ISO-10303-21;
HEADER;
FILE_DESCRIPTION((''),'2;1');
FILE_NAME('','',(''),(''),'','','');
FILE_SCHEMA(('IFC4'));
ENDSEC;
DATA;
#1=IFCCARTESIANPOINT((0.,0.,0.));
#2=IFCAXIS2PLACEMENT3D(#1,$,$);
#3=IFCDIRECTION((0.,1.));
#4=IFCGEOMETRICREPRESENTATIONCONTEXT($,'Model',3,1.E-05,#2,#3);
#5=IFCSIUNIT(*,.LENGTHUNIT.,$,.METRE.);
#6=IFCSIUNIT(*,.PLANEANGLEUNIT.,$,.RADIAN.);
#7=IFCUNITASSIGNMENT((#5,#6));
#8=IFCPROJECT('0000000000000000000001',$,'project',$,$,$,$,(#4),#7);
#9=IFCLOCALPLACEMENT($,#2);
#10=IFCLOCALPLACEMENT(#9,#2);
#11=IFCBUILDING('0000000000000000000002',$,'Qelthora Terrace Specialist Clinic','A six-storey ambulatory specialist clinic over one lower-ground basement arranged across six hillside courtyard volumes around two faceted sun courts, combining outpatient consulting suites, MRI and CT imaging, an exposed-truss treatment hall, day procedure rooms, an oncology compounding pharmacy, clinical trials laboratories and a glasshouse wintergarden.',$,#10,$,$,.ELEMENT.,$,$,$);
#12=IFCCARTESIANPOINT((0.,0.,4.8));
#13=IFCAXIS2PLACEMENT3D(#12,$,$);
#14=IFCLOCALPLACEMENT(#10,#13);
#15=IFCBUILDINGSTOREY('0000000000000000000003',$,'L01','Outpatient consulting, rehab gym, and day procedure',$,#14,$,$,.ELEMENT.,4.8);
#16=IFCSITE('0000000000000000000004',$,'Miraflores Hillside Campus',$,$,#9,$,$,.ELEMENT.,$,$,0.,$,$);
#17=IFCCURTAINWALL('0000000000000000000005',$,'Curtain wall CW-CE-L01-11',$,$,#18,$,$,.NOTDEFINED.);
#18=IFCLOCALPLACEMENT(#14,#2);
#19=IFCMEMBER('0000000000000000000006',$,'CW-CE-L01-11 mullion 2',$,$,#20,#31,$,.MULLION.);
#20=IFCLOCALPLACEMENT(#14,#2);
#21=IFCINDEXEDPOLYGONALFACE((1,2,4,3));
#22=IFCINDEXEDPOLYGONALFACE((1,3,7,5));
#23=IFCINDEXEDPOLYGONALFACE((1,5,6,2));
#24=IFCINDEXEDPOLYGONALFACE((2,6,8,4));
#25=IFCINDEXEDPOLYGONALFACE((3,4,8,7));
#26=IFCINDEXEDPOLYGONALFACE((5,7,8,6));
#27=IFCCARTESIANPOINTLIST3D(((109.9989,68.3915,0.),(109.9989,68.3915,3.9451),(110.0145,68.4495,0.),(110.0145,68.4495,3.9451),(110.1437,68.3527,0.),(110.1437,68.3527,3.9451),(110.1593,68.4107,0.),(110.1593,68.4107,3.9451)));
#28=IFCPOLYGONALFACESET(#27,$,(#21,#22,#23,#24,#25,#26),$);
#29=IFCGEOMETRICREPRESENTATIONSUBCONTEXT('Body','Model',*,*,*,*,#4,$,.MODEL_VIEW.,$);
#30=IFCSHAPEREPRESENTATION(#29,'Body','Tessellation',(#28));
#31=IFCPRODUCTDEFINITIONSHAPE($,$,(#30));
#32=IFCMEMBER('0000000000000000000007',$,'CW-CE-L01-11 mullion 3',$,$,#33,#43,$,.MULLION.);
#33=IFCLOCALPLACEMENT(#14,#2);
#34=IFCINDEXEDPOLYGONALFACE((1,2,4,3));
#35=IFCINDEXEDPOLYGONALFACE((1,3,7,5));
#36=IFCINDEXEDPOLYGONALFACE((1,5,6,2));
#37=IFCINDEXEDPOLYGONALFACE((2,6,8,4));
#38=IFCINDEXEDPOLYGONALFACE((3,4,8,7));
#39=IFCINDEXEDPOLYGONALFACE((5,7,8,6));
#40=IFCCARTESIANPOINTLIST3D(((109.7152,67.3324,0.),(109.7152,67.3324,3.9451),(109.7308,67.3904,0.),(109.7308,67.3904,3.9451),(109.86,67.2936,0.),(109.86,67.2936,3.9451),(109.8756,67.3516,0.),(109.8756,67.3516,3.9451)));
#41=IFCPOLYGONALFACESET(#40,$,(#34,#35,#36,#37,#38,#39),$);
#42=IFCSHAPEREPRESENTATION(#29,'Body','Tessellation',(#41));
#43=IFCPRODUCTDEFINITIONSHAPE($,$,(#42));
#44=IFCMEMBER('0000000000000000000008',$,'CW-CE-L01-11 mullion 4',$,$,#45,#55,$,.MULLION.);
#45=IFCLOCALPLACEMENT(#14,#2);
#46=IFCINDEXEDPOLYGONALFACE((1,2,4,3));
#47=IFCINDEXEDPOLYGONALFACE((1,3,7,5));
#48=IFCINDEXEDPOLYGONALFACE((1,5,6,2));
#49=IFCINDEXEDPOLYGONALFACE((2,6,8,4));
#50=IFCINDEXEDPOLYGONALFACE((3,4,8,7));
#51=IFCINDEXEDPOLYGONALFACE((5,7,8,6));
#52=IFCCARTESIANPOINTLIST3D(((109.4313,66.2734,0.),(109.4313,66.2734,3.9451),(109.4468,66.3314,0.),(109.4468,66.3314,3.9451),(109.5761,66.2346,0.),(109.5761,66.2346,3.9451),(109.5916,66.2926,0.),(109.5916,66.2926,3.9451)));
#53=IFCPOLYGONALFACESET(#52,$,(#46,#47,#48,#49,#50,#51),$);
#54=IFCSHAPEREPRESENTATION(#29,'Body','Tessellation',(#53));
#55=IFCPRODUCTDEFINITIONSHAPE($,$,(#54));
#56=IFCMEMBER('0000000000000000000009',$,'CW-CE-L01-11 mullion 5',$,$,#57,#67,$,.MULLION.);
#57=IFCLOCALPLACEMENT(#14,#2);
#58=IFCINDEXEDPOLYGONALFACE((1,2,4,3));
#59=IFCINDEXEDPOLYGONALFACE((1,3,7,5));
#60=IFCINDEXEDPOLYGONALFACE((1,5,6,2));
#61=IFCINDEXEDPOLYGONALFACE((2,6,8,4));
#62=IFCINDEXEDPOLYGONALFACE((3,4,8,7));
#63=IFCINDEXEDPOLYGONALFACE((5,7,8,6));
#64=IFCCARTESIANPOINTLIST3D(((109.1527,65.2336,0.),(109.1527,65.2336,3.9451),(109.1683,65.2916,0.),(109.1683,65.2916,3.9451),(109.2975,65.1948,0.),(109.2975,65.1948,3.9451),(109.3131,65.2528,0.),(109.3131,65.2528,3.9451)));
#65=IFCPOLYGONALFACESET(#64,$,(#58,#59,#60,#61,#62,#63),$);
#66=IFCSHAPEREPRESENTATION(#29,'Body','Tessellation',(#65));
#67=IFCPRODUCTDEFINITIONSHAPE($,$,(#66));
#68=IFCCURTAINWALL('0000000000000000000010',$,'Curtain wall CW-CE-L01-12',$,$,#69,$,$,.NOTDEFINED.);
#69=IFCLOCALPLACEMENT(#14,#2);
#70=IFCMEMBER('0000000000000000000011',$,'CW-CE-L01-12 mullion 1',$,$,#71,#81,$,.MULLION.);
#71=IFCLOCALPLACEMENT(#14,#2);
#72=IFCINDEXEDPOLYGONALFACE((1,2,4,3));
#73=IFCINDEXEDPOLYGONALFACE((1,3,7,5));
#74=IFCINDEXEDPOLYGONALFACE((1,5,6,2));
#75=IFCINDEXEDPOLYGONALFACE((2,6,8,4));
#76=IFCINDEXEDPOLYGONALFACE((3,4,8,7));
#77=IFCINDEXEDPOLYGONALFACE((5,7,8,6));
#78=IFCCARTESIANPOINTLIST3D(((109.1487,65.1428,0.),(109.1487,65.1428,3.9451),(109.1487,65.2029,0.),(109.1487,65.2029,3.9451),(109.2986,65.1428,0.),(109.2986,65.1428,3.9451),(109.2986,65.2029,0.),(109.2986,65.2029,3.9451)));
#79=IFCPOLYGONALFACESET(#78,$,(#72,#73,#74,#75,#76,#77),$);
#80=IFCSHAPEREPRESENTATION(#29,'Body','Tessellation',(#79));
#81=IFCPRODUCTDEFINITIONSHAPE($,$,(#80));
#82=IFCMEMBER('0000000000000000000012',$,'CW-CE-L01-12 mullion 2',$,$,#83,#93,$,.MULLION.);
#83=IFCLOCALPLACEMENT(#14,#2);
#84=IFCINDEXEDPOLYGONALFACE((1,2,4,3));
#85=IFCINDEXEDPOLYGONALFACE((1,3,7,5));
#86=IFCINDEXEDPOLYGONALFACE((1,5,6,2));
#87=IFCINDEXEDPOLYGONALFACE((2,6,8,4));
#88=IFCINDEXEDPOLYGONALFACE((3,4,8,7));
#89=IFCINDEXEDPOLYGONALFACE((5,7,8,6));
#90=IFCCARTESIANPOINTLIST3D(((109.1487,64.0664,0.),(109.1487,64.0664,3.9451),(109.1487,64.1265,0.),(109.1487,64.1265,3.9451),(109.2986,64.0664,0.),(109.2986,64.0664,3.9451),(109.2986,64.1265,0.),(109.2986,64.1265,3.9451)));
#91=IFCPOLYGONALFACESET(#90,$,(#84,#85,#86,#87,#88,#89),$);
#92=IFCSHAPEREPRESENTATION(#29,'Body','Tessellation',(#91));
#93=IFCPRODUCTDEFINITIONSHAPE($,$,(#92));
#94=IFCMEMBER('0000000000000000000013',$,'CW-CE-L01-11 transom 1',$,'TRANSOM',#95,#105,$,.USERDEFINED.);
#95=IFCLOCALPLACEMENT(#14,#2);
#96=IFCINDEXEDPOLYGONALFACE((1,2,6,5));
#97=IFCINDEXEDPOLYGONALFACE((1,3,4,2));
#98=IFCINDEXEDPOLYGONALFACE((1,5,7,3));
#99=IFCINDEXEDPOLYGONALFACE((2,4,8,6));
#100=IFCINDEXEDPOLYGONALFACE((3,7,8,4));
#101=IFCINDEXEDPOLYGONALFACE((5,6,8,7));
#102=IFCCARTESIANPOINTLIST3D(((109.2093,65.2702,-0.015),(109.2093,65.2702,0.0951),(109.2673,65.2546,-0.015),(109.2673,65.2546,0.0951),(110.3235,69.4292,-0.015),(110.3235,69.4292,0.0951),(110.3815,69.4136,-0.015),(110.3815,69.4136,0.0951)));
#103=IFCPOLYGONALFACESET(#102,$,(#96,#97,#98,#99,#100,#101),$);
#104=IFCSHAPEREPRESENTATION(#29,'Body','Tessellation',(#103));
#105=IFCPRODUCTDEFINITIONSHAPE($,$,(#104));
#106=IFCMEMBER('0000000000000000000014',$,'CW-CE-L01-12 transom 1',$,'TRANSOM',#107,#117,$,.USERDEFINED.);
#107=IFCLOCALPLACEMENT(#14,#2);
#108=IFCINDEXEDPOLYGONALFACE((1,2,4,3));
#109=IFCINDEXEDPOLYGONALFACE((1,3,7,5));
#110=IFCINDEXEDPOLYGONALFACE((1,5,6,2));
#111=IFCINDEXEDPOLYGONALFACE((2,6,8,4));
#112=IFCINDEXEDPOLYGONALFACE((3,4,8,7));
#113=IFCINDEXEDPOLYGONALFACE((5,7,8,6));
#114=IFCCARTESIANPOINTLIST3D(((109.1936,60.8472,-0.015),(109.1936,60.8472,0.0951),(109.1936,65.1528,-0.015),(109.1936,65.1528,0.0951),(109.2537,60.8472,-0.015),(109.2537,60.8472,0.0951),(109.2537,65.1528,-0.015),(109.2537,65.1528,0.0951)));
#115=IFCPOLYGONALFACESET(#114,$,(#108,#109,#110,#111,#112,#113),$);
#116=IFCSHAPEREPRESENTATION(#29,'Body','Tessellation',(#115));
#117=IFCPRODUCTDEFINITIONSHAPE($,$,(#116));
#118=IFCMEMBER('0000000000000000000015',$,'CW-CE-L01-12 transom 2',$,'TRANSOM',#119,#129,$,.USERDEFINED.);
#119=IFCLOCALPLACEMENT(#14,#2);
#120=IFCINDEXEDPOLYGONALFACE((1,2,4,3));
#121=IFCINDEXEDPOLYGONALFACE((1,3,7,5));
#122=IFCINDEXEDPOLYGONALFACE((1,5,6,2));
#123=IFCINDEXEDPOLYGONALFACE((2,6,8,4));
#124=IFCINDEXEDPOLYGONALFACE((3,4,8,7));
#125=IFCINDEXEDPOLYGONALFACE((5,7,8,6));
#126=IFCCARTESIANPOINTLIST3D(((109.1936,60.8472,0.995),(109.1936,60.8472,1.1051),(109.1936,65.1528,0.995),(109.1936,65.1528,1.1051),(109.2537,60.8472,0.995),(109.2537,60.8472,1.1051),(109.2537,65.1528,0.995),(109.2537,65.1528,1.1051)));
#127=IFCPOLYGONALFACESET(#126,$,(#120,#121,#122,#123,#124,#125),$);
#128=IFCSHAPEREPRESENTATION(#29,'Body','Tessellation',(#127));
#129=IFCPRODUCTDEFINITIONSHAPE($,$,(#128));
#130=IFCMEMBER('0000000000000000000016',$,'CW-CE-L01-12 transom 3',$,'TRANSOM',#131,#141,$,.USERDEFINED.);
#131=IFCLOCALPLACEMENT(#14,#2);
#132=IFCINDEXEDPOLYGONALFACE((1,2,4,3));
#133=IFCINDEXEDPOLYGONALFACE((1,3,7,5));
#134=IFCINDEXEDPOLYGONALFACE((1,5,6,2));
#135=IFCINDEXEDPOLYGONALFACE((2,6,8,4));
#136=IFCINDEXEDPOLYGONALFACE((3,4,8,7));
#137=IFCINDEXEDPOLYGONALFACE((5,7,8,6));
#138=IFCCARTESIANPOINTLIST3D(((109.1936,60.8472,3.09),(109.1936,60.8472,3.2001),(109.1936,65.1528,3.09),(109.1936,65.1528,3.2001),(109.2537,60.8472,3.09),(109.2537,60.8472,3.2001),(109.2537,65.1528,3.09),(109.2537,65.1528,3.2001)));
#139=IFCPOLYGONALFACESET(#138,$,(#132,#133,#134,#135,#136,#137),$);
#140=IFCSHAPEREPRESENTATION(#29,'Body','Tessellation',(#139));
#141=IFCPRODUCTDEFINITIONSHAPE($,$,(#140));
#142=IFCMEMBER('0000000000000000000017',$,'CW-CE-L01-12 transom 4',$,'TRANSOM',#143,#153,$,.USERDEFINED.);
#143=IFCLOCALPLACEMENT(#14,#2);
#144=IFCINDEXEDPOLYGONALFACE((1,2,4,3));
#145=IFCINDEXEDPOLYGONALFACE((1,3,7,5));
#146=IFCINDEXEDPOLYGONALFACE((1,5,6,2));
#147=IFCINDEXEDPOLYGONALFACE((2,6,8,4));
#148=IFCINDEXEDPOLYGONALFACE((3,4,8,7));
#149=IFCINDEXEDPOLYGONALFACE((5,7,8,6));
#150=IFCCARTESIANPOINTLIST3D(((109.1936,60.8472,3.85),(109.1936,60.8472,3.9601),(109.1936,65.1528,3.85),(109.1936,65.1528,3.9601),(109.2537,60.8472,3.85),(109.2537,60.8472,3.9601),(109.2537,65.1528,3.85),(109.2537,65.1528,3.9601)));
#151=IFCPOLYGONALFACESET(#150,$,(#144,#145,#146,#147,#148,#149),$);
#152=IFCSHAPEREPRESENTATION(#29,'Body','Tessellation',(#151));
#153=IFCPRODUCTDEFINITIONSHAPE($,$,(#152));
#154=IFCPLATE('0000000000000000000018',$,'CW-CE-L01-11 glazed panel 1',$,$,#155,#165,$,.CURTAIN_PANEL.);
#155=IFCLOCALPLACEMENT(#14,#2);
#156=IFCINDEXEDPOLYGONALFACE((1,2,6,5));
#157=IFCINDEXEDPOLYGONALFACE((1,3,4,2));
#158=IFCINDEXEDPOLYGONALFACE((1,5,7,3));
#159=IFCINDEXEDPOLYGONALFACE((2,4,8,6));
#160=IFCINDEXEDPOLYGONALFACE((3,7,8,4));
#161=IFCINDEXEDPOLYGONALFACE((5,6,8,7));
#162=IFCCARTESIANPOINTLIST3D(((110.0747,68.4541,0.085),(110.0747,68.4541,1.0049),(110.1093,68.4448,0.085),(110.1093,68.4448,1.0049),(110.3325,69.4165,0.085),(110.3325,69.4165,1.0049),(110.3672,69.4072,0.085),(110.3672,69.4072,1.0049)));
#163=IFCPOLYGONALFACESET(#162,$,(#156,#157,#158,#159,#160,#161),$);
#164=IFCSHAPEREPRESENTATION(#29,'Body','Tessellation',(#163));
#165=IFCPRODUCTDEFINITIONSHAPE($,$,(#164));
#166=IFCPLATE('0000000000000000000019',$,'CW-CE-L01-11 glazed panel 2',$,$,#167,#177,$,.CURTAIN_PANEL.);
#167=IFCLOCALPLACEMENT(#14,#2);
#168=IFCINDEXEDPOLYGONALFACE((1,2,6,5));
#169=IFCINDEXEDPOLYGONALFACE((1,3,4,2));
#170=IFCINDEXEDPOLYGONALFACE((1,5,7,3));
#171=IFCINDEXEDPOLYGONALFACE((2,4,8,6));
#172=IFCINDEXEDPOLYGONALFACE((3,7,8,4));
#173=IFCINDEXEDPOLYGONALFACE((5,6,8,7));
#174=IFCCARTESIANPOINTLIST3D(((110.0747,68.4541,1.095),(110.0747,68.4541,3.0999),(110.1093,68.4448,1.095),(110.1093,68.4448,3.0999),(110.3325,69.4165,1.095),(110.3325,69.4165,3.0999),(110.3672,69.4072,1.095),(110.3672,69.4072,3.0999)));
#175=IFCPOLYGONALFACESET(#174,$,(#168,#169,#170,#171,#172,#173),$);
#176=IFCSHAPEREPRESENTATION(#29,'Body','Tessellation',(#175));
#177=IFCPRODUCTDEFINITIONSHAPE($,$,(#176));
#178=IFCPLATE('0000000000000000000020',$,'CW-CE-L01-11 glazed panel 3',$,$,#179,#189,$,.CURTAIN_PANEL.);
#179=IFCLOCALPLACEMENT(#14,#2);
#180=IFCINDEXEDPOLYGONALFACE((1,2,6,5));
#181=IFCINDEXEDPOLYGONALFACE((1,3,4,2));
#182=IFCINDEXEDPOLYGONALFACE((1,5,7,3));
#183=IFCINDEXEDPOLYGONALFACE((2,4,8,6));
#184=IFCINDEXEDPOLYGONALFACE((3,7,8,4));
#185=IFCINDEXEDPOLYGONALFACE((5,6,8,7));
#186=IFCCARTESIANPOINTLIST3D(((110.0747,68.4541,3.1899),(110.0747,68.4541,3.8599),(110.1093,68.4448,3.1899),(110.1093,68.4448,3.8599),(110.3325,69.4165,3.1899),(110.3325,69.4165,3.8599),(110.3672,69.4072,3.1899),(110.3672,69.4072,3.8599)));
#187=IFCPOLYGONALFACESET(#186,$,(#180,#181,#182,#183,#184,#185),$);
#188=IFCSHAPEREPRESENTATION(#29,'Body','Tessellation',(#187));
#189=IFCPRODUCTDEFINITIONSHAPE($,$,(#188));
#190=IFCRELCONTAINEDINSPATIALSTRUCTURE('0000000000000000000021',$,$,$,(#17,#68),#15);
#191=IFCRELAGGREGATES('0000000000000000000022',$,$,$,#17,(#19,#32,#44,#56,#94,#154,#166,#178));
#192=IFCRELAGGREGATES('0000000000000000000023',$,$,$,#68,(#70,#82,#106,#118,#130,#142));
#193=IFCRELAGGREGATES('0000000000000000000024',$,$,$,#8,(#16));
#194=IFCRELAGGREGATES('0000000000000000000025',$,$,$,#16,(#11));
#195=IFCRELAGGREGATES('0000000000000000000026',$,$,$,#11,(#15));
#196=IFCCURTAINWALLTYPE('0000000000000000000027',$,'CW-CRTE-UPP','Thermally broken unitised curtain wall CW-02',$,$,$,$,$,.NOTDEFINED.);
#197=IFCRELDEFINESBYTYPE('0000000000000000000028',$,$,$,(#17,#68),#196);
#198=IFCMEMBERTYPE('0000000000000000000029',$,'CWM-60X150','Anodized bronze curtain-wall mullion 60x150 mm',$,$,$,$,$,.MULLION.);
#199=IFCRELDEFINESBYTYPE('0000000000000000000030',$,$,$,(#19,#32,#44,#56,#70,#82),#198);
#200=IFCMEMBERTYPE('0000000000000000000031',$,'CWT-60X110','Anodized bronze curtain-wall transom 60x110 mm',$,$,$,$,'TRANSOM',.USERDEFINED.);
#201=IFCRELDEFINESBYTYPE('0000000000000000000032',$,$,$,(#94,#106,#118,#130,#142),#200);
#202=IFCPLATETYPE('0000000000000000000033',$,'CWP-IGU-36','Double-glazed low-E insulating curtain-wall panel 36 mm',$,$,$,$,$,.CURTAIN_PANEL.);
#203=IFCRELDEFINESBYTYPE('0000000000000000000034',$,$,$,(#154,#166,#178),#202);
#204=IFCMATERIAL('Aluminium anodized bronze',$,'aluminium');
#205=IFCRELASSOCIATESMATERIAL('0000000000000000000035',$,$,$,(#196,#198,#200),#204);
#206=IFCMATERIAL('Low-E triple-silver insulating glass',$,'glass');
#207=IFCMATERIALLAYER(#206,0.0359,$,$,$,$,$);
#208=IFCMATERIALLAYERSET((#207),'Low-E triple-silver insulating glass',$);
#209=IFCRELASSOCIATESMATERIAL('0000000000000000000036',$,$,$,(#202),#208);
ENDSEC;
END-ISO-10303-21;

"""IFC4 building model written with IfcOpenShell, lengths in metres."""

from ifc_helpers import new_model, si_unit, direction, frame, origin, origin_2d, place, context, subcontext, project, spatial, rectangle, extrude, material, layer, layer_set, material_profile, profile_set, type_object, element, aggregate, save


model = new_model("IFC4")

# Units and contexts
model_context = context("Model", 3, precision=1e-05, world=origin(), true_north=direction((0.0, 1.0)))
body_context = subcontext(model_context, "Body", "Model", "MODEL_VIEW")
ifc_project = project(units=[si_unit("LENGTHUNIT", "METRE"), si_unit("PLANEANGLEUNIT", "RADIAN")], contexts=[model_context])

# Site, building, storey
site_placement = place(None, origin())
site = spatial("IfcSite", under=ifc_project, at=site_placement, Name="Miraflores Hillside Campus", CompositionType="ELEMENT", RefElevation=0.0)
building_placement = place(site_placement, origin())
building = spatial("IfcBuilding", under=site, at=building_placement, Name="Qelthora Terrace Specialist Clinic", Description="A six-storey ambulatory specialist clinic over one lower-ground basement arranged across six hillside courtyard volumes around two faceted sun courts, combining outpatient consulting suites, MRI and CT imaging, an exposed-truss treatment hall, day procedure rooms, an oncology compounding pharmacy, clinical trials laboratories and a glasshouse wintergarden.", CompositionType="ELEMENT")
storey_placement = place(building_placement, frame((0.0, 0.0, 4.8)))
storey = spatial("IfcBuildingStorey", under=building, at=storey_placement, Name="L01", Description="Outpatient consulting, rehab gym, and day procedure", CompositionType="ELEMENT", Elevation=4.8)

# Curtain walls, members
ifc_material_1 = material(Name="Aluminium anodized bronze", Category="aluminium")
curtain_wall_type = type_object("IfcCurtainWallType", Name="CW-CRTE-UPP", Description="Thermally broken unitised curtain wall CW-02", PredefinedType="NOTDEFINED", material=ifc_material_1)
curtain_wall_1_placement = place(storey_placement, origin())
curtain_wall_1 = element("IfcCurtainWall", 1, at=curtain_wall_1_placement, inside=storey, type_object=curtain_wall_type, Name="Curtain wall CW-CE-L01-11", PredefinedType="NOTDEFINED")
ifc_material_profile_1 = material_profile(ifc_material_1, rectangle(XDim=0.0601, YDim=0.1499, at=origin_2d()), Name="CWM60X150")
ifc_profile_set_1 = profile_set([ifc_material_profile_1], Name="Aluminium anodized bronze")
member_type_1 = type_object("IfcMemberType", Name="CWM-60X150", Description="Anodized bronze curtain-wall mullion 60x150 mm", PredefinedType="MULLION", material=ifc_profile_set_1)
member_1_placement = place(storey_placement, frame((110.0791, 68.4011, 0.0), z_axis=(0.0, 0.0, 1.0), x_axis=(-0.25882, -0.965926, 0.0)))
member_1 = element("IfcMember", 2, at=member_1_placement, type_object=member_type_1, Name="CW-CE-L01-11 mullion 2", PredefinedType="MULLION", context=body_context, shape_type="SweptSolid", body=[
    extrude(rectangle(XDim=0.0601, YDim=0.1499, at=origin_2d()), origin(), (0.0, 0.0, 1.0), 3.9451),
])
member_2_placement = place(storey_placement, frame((109.7954, 67.342, 0.0), z_axis=(0.0, 0.0, 1.0), x_axis=(-0.25882, -0.965926, 0.0)))
member_2 = element("IfcMember", 3, at=member_2_placement, type_object=member_type_1, Name="CW-CE-L01-11 mullion 3", PredefinedType="MULLION", context=body_context, shape_type="SweptSolid", body=[
    extrude(rectangle(XDim=0.0601, YDim=0.1499, at=origin_2d()), origin(), (0.0, 0.0, 1.0), 3.9451),
])
member_3_placement = place(storey_placement, frame((109.5115, 66.283, 0.0), z_axis=(0.0, 0.0, 1.0), x_axis=(-0.25882, -0.965926, 0.0)))
member_3 = element("IfcMember", 4, at=member_3_placement, type_object=member_type_1, Name="CW-CE-L01-11 mullion 4", PredefinedType="MULLION", context=body_context, shape_type="SweptSolid", body=[
    extrude(rectangle(XDim=0.0601, YDim=0.1499, at=origin_2d()), origin(), (0.0, 0.0, 1.0), 3.9451),
])
member_4_placement = place(storey_placement, frame((109.2329, 65.2432, 0.0), z_axis=(0.0, 0.0, 1.0), x_axis=(-0.25882, -0.965926, 0.0)))
member_4 = element("IfcMember", 5, at=member_4_placement, type_object=member_type_1, Name="CW-CE-L01-11 mullion 5", PredefinedType="MULLION", context=body_context, shape_type="SweptSolid", body=[
    extrude(rectangle(XDim=0.0601, YDim=0.1499, at=origin_2d()), origin(), (0.0, 0.0, 1.0), 3.9451),
])
curtain_wall_2_placement = place(storey_placement, origin())
curtain_wall_2 = element("IfcCurtainWall", 6, at=curtain_wall_2_placement, inside=storey, type_object=curtain_wall_type, Name="Curtain wall CW-CE-L01-12", PredefinedType="NOTDEFINED")
member_5_placement = place(storey_placement, frame((109.2236, 65.1729, 0.0), z_axis=(0.0, 0.0, 1.0), x_axis=(0.0, -1.0, 0.0)))
member_5 = element("IfcMember", 7, at=member_5_placement, type_object=member_type_1, Name="CW-CE-L01-12 mullion 1", PredefinedType="MULLION", context=body_context, shape_type="SweptSolid", body=[
    extrude(rectangle(XDim=0.0601, YDim=0.1499, at=origin_2d()), origin(), (0.0, 0.0, 1.0), 3.9451),
])
member_6_placement = place(storey_placement, frame((109.2236, 64.0964, 0.0), z_axis=(0.0, 0.0, 1.0), x_axis=(0.0, -1.0, 0.0)))
member_6 = element("IfcMember", 8, at=member_6_placement, type_object=member_type_1, Name="CW-CE-L01-12 mullion 2", PredefinedType="MULLION", context=body_context, shape_type="SweptSolid", body=[
    extrude(rectangle(XDim=0.0601, YDim=0.1499, at=origin_2d()), origin(), (0.0, 0.0, 1.0), 3.9451),
])

# Members
ifc_material_profile_2 = material_profile(ifc_material_1, rectangle(XDim=0.0601, YDim=0.1101, at=origin_2d()), Name="CWT60X110")
ifc_profile_set_2 = profile_set([ifc_material_profile_2], Name="Aluminium anodized bronze")
member_type_2 = type_object("IfcMemberType", Name="CWT-60X110", Description="Anodized bronze curtain-wall transom 60x110 mm", ElementType="TRANSOM", PredefinedType="USERDEFINED", material=ifc_profile_set_2)
member_7_placement = place(storey_placement, frame((110.3525, 69.4214, 0.04), z_axis=(-0.258792, -0.965933, 0.0), x_axis=(0.965933, -0.258792, 0.0)))
member_7 = element("IfcMember", 9, at=member_7_placement, type_object=member_type_2, Name="CW-CE-L01-11 transom 1", ObjectType="TRANSOM", PredefinedType="USERDEFINED", context=body_context, shape_type="SweptSolid", body=[
    extrude(rectangle(XDim=0.0601, YDim=0.1101, at=origin_2d()), origin(), (0.0, 0.0, 1.0), 4.3057),
])
member_8_placement = place(storey_placement, frame((109.2236, 65.1528, 0.04), z_axis=(0.0, -1.0, 0.0), x_axis=(1.0, 0.0, 0.0)))
member_8 = element("IfcMember", 10, at=member_8_placement, type_object=member_type_2, Name="CW-CE-L01-12 transom 1", ObjectType="TRANSOM", PredefinedType="USERDEFINED", context=body_context, shape_type="SweptSolid", body=[
    extrude(rectangle(XDim=0.0601, YDim=0.1101, at=origin_2d()), origin(), (0.0, 0.0, 1.0), 4.3057),
])
member_9_placement = place(storey_placement, frame((109.2236, 65.1528, 1.05), z_axis=(0.0, -1.0, 0.0), x_axis=(1.0, 0.0, 0.0)))
member_9 = element("IfcMember", 11, at=member_9_placement, type_object=member_type_2, Name="CW-CE-L01-12 transom 2", ObjectType="TRANSOM", PredefinedType="USERDEFINED", context=body_context, shape_type="SweptSolid", body=[
    extrude(rectangle(XDim=0.0601, YDim=0.1101, at=origin_2d()), origin(), (0.0, 0.0, 1.0), 4.3057),
])
member_10_placement = place(storey_placement, frame((109.2236, 65.1528, 3.145), z_axis=(0.0, -1.0, 0.0), x_axis=(1.0, 0.0, 0.0)))
member_10 = element("IfcMember", 12, at=member_10_placement, type_object=member_type_2, Name="CW-CE-L01-12 transom 3", ObjectType="TRANSOM", PredefinedType="USERDEFINED", context=body_context, shape_type="SweptSolid", body=[
    extrude(rectangle(XDim=0.0601, YDim=0.1101, at=origin_2d()), origin(), (0.0, 0.0, 1.0), 4.3057),
])
member_11_placement = place(storey_placement, frame((109.2236, 65.1528, 3.905), z_axis=(0.0, -1.0, 0.0), x_axis=(1.0, 0.0, 0.0)))
member_11 = element("IfcMember", 13, at=member_11_placement, type_object=member_type_2, Name="CW-CE-L01-12 transom 4", ObjectType="TRANSOM", PredefinedType="USERDEFINED", context=body_context, shape_type="SweptSolid", body=[
    extrude(rectangle(XDim=0.0601, YDim=0.1101, at=origin_2d()), origin(), (0.0, 0.0, 1.0), 4.3057),
])

# Plates
ifc_material_2 = material(Name="Low-E triple-silver insulating glass", Category="glass")
ifc_layer = layer(ifc_material_2, 0.0359)
ifc_layer_set = layer_set([ifc_layer], Name="Low-E triple-silver insulating glass")
plate_type = type_object("IfcPlateType", Name="CWP-IGU-36", Description="Double-glazed low-E insulating curtain-wall panel 36 mm", PredefinedType="CURTAIN_PANEL", material=ifc_layer_set)
plate_1_placement = place(storey_placement, frame((110.2209, 68.9307, 0.085), z_axis=(0.0, 0.0, 1.0), x_axis=(-0.258819, -0.965926, 0.0)))
plate_1 = element("IfcPlate", 14, at=plate_1_placement, type_object=plate_type, Name="CW-CE-L01-11 glazed panel 1", PredefinedType="CURTAIN_PANEL", context=body_context, shape_type="SweptSolid", body=[
    extrude(rectangle(XDim=0.9963, YDim=0.0359, at=origin_2d()), origin(), (0.0, 0.0, 1.0), 0.9199),
])
plate_2_placement = place(storey_placement, frame((110.2209, 68.9307, 1.095), z_axis=(0.0, 0.0, 1.0), x_axis=(-0.258819, -0.965926, 0.0)))
plate_2 = element("IfcPlate", 15, at=plate_2_placement, type_object=plate_type, Name="CW-CE-L01-11 glazed panel 2", PredefinedType="CURTAIN_PANEL", context=body_context, shape_type="SweptSolid", body=[
    extrude(rectangle(XDim=0.9963, YDim=0.0359, at=origin_2d()), origin(), (0.0, 0.0, 1.0), 2.0049),
])
plate_3_placement = place(storey_placement, frame((110.2209, 68.9307, 3.1899), z_axis=(0.0, 0.0, 1.0), x_axis=(-0.258819, -0.965926, 0.0)))
plate_3 = element("IfcPlate", 16, at=plate_3_placement, type_object=plate_type, Name="CW-CE-L01-11 glazed panel 3", PredefinedType="CURTAIN_PANEL", context=body_context, shape_type="SweptSolid", body=[
    extrude(rectangle(XDim=0.9963, YDim=0.0359, at=origin_2d()), origin(), (0.0, 0.0, 1.0), 0.6699),
])
aggregate(curtain_wall_1, [member_1, member_2, member_3, member_4, member_7, plate_1, plate_2, plate_3])
aggregate(curtain_wall_2, [member_5, member_6, member_8, member_9, member_10, member_11])

save(model, "model.ifc")
